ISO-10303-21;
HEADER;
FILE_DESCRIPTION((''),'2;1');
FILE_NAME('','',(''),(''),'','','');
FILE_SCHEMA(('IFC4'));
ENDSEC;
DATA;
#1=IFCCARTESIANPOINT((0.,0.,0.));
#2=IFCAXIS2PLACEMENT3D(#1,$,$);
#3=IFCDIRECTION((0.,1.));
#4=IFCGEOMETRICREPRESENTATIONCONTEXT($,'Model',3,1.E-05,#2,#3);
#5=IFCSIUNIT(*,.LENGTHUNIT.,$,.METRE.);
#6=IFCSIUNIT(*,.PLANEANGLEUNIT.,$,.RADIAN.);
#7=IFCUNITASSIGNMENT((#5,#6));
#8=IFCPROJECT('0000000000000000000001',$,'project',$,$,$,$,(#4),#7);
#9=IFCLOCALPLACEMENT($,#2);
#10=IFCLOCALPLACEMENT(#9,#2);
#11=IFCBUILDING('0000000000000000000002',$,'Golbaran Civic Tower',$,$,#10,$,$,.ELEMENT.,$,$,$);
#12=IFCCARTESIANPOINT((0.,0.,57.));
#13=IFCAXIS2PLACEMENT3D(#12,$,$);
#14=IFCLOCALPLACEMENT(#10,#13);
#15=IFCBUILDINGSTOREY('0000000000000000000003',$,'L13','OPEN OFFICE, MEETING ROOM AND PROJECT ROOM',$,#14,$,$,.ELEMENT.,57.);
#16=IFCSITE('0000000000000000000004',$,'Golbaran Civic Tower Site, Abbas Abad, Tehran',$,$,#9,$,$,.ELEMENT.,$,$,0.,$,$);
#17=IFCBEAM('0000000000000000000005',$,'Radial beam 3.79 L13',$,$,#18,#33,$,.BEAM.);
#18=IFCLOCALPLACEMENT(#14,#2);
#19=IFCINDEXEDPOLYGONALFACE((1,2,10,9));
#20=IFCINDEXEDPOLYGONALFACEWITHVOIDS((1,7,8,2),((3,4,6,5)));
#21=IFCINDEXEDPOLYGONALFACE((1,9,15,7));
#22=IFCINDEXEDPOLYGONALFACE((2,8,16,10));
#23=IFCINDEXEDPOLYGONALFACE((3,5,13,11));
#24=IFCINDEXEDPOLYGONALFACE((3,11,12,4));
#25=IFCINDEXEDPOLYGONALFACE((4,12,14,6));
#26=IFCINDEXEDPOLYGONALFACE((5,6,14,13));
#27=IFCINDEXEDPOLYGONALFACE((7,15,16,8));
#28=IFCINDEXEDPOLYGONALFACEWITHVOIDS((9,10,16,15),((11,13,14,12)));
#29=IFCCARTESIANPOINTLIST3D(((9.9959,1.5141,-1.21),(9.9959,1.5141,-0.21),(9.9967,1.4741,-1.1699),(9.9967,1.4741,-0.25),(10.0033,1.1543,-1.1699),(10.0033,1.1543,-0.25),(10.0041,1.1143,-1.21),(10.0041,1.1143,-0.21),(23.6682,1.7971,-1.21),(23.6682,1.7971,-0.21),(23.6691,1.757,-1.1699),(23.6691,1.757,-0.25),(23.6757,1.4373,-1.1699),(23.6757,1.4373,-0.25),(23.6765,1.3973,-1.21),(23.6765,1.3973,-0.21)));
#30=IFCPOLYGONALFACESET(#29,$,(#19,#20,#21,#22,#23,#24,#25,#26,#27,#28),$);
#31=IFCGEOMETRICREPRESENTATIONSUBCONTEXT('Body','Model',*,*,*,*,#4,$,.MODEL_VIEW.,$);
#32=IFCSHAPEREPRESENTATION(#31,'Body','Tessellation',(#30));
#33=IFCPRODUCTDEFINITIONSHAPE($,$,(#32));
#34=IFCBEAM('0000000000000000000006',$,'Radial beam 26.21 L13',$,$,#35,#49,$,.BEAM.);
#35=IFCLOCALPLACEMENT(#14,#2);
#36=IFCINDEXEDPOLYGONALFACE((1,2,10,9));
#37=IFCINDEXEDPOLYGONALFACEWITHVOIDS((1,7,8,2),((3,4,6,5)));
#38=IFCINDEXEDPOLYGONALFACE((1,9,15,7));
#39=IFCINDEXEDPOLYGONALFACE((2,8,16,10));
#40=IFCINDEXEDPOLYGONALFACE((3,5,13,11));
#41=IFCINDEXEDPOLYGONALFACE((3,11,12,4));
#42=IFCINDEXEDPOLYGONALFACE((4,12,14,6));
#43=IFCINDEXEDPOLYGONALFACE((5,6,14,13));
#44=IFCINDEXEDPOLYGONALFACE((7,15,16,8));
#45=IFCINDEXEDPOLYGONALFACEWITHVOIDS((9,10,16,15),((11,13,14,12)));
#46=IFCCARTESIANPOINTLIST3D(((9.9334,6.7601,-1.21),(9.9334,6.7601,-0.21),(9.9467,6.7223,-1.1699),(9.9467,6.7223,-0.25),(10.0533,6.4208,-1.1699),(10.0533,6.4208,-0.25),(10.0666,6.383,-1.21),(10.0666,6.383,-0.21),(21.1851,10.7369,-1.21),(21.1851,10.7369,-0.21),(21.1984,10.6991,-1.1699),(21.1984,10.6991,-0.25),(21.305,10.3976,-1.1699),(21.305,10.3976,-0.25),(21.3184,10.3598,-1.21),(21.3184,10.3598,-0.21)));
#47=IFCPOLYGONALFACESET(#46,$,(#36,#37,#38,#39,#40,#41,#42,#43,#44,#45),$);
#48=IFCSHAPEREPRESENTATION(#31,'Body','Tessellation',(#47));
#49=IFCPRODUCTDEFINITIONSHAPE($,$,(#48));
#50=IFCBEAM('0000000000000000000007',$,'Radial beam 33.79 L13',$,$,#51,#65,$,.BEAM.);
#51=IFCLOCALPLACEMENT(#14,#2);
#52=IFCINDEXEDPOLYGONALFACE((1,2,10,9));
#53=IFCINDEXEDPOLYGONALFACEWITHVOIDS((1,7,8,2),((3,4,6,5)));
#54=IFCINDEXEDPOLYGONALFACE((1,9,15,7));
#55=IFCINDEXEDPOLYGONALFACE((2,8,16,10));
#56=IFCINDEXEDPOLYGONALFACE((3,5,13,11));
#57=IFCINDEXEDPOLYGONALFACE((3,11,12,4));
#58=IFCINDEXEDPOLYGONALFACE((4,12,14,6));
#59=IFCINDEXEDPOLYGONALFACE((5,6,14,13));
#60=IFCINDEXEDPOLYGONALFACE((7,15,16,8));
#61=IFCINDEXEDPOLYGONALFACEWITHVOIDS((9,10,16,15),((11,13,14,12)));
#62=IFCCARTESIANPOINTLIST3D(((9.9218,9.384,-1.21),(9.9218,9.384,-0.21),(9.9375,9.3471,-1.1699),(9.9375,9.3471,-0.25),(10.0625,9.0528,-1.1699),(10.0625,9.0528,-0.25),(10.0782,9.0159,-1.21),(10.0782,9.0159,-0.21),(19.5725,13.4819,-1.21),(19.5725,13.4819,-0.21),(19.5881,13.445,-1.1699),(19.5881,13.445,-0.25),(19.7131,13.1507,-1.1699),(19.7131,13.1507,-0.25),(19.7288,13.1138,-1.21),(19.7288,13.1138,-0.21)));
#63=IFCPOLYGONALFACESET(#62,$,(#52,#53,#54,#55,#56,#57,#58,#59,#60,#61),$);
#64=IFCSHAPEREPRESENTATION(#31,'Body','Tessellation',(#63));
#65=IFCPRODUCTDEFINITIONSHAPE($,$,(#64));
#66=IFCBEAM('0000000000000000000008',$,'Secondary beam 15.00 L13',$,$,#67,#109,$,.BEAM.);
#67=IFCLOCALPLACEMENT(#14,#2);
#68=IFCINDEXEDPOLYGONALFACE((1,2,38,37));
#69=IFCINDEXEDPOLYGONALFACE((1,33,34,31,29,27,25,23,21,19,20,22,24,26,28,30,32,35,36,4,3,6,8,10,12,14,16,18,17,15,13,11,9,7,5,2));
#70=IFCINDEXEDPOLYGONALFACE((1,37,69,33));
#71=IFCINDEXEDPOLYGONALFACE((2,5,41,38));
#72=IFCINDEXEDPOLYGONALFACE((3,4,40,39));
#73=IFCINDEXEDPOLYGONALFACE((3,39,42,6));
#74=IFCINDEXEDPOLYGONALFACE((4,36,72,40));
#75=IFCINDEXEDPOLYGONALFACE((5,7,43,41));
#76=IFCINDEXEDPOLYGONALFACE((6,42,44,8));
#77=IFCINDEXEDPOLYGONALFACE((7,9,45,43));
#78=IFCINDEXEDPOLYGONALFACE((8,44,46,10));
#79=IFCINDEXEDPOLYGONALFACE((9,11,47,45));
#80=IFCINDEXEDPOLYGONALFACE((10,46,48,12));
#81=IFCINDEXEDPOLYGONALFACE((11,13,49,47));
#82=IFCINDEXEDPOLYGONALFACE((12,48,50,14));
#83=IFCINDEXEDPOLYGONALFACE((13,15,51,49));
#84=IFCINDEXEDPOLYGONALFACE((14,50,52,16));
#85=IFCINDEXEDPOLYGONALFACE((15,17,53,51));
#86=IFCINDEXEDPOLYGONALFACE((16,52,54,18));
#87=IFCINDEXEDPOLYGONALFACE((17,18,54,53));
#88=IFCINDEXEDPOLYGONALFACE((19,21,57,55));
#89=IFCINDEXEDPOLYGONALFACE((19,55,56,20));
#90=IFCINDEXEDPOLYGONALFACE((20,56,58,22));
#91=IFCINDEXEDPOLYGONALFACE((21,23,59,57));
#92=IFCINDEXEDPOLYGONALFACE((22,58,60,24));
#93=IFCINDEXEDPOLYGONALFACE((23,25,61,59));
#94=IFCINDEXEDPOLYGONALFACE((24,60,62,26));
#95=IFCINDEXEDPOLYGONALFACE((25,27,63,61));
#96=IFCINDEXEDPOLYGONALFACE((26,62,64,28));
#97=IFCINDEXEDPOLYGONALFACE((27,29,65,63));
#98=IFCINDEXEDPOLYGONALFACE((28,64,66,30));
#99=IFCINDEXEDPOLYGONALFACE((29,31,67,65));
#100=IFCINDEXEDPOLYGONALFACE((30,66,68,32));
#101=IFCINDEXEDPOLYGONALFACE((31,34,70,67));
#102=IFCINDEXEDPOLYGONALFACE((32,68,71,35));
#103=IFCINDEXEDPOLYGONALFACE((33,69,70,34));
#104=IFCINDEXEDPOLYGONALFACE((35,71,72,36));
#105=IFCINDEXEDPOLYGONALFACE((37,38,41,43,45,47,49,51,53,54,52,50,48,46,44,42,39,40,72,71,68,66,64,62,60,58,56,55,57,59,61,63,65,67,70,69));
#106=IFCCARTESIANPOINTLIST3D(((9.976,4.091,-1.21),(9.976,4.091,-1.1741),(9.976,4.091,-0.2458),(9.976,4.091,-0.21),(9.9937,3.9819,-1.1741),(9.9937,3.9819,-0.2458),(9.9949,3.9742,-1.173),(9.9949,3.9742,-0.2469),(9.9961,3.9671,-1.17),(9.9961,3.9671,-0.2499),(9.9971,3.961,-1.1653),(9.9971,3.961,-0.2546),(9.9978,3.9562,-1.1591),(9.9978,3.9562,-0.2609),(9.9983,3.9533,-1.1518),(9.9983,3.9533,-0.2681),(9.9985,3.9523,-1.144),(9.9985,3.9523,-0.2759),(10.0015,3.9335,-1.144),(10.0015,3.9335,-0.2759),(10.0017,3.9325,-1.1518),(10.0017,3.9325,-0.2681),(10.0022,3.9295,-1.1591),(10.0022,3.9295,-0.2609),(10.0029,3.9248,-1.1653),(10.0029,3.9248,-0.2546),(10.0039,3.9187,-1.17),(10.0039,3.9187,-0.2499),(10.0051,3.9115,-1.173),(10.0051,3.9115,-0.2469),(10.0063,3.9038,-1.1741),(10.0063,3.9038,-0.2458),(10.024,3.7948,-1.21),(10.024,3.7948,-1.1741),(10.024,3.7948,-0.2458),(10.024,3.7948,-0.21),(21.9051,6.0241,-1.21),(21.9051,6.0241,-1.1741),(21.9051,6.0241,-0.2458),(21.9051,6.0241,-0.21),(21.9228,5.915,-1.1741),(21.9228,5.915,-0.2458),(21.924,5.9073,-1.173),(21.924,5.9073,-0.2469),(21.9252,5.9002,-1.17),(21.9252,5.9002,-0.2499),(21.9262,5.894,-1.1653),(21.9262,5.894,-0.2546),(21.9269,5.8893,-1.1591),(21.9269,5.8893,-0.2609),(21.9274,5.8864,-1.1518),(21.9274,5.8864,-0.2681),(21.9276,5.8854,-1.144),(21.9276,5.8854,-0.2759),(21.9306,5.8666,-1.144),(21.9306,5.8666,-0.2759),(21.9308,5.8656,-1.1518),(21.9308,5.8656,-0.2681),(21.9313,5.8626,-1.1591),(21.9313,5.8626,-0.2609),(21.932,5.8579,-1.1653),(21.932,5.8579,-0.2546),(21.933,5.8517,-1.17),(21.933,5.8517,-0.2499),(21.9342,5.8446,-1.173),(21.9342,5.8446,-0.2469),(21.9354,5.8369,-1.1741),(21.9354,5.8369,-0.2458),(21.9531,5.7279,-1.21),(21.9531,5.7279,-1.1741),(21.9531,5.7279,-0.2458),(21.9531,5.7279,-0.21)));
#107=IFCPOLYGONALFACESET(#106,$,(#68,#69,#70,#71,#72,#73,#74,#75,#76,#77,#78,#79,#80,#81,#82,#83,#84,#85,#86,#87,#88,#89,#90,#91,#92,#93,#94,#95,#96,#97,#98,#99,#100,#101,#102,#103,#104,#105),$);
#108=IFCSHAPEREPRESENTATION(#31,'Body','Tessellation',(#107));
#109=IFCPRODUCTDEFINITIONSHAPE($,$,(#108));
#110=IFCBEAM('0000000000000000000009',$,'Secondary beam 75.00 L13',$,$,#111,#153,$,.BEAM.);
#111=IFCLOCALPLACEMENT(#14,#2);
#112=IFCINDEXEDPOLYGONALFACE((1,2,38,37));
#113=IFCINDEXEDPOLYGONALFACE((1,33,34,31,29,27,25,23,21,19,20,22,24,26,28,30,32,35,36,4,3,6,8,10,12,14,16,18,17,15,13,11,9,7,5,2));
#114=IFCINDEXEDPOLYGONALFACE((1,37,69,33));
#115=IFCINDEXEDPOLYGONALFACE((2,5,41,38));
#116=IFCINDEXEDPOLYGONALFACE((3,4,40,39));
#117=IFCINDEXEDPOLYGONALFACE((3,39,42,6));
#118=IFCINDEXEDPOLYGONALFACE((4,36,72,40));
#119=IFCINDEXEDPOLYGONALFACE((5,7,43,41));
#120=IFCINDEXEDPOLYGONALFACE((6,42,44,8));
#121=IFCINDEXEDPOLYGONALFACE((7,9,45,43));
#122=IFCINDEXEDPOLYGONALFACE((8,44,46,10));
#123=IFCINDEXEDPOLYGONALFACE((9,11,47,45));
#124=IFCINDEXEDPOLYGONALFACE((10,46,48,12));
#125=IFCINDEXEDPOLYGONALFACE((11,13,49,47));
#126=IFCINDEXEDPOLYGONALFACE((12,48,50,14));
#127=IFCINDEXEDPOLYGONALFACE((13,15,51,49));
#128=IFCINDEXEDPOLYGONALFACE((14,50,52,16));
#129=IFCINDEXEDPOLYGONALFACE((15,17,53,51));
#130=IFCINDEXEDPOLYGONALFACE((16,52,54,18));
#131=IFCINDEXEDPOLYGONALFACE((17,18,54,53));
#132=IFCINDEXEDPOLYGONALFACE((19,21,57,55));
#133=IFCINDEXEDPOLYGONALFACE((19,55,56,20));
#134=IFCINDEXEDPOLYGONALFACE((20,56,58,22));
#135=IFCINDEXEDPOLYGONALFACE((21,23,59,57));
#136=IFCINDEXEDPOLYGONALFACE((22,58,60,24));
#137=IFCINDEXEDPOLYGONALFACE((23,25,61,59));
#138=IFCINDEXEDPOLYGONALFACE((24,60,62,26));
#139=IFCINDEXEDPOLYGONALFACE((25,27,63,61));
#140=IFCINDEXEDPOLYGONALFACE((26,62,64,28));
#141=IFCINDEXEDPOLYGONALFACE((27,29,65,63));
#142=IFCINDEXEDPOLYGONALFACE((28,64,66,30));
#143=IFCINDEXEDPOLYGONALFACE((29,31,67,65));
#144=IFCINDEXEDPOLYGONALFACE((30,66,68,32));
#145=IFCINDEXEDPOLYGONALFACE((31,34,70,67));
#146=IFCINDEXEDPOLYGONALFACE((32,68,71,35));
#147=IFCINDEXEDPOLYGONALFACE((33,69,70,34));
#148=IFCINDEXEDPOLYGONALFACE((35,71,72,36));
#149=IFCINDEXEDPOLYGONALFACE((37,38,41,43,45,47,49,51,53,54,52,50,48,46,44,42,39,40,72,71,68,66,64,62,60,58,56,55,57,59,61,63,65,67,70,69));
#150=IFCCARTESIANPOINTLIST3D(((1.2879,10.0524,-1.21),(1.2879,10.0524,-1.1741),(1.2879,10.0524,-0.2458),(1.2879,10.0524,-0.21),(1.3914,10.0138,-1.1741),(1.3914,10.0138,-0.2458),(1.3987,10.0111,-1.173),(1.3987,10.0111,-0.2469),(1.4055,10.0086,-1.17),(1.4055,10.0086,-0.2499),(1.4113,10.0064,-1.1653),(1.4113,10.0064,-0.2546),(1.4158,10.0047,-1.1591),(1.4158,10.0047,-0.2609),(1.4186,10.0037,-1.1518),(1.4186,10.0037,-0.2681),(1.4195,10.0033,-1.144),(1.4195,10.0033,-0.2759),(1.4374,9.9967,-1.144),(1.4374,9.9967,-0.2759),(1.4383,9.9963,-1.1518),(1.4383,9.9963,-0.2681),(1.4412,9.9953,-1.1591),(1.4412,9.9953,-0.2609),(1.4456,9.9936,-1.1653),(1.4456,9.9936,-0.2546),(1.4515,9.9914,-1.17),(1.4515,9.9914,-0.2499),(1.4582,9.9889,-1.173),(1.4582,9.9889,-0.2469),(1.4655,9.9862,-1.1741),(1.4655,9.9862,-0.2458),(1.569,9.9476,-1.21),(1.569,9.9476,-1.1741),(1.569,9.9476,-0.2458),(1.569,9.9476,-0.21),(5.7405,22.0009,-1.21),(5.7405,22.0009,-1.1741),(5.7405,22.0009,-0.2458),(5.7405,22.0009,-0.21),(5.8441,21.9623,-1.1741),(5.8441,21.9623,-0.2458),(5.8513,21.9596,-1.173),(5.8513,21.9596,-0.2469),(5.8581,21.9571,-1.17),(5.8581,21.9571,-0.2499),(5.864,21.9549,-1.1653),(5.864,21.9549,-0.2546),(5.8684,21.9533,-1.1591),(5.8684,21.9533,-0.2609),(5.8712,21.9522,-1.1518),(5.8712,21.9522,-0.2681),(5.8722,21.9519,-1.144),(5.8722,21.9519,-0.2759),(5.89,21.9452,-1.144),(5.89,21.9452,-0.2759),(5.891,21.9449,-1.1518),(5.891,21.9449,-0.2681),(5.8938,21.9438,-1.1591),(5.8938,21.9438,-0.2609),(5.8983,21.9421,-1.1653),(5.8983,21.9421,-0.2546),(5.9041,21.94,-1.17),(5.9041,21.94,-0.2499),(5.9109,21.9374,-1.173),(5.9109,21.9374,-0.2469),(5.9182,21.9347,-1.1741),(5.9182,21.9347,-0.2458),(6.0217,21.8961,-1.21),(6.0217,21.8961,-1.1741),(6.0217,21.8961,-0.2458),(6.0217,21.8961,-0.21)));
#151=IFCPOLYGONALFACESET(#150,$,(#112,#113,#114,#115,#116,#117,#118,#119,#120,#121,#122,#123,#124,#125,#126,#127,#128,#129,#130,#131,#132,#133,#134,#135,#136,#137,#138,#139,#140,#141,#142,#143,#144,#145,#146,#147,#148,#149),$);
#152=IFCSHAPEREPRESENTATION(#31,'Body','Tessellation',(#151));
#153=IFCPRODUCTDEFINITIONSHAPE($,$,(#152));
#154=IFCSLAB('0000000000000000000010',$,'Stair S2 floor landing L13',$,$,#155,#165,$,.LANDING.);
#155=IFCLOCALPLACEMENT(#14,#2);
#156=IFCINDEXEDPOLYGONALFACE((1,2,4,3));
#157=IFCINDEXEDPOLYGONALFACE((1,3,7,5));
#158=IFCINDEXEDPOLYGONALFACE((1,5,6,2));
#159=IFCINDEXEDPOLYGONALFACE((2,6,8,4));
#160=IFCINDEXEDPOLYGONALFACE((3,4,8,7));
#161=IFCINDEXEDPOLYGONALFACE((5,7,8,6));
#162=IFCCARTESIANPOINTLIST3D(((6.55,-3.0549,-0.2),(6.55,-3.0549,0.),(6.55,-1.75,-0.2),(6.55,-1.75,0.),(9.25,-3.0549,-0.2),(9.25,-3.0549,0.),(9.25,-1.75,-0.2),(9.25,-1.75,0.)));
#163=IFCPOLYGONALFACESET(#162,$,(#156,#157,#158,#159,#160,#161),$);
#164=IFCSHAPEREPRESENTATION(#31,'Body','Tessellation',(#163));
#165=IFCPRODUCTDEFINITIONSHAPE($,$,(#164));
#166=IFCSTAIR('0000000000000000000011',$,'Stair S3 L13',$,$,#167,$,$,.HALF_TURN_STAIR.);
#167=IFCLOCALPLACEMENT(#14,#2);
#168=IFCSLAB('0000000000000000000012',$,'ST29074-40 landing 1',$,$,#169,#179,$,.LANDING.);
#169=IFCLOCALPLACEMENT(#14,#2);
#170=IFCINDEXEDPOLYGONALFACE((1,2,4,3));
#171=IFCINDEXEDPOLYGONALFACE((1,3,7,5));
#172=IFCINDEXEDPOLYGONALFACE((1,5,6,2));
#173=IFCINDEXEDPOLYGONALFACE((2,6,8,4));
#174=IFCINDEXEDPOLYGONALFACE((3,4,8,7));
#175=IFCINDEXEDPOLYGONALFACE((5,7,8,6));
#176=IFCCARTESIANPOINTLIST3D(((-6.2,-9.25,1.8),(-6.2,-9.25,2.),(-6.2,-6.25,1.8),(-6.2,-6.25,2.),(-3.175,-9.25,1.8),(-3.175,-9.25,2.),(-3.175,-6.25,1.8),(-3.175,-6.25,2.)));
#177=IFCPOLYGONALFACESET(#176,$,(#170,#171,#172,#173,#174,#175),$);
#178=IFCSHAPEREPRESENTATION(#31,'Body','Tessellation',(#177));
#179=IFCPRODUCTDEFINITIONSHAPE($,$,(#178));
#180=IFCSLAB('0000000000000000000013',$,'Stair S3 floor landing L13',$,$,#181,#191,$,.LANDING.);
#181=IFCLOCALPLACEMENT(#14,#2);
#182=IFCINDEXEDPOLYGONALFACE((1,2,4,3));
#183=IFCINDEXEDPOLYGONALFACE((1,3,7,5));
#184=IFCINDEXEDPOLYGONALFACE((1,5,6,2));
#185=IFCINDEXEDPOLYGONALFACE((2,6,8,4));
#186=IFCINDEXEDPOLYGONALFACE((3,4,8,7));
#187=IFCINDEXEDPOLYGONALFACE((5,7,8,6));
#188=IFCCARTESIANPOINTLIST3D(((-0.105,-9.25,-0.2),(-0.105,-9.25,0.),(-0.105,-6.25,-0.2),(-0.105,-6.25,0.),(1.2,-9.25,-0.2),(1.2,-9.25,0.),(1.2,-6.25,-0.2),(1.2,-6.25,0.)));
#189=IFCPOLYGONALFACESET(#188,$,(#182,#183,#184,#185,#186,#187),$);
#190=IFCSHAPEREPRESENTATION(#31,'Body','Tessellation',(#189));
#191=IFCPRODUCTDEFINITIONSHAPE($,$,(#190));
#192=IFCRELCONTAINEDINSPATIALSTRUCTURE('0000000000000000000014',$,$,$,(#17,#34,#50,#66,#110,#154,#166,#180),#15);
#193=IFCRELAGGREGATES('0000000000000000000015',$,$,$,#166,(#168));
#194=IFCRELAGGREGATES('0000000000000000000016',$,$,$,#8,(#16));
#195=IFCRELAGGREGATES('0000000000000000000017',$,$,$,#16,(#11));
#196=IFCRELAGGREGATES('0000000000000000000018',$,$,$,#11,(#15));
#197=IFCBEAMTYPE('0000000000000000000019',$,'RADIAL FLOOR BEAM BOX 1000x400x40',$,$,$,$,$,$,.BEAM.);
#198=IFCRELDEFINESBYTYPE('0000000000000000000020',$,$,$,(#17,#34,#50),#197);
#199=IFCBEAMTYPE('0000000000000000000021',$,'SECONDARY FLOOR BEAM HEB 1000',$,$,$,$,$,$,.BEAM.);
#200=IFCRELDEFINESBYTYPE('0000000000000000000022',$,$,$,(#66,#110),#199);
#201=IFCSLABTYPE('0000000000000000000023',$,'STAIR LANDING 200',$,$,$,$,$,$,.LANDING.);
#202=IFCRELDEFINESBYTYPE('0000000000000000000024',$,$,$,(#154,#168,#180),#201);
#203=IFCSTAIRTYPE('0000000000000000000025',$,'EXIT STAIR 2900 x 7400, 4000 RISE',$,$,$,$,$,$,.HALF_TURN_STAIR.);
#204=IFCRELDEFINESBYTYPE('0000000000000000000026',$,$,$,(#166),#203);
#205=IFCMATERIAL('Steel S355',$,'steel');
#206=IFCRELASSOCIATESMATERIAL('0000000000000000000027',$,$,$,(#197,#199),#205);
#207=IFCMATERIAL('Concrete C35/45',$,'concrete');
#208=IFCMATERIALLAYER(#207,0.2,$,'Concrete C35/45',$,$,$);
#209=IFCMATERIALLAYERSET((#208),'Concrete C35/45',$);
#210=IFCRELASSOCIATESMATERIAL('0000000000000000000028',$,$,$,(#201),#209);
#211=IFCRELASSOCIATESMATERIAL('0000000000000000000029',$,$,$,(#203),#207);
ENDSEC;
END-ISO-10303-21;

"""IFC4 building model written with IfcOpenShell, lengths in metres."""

from ifc_helpers import new_model, si_unit, direction, frame, origin, origin_2d, place, context, subcontext, project, spatial, polyline, hollow_rectangle, i_section, outline, extrude, material, layer, layer_set, material_profile, profile_set, type_object, element, aggregate, save


model = new_model("IFC4")

# Units and contexts
model_context = context("Model", 3, precision=1e-05, world=origin(), true_north=direction((0.0, 1.0)))
body_context = subcontext(model_context, "Body", "Model", "MODEL_VIEW")
ifc_project = project(units=[si_unit("LENGTHUNIT", "METRE"), si_unit("PLANEANGLEUNIT", "RADIAN")], contexts=[model_context])

# Site, building, storey
site_placement = place(None, origin())
site = spatial("IfcSite", under=ifc_project, at=site_placement, Name="Golbaran Civic Tower Site, Abbas Abad, Tehran", CompositionType="ELEMENT", RefElevation=0.0)
building_placement = place(site_placement, origin())
building = spatial("IfcBuilding", under=site, at=building_placement, Name="Golbaran Civic Tower", CompositionType="ELEMENT")
storey_placement = place(building_placement, frame((0.0, 0.0, 57.0)))
storey = spatial("IfcBuildingStorey", under=building, at=storey_placement, Name="L13", Description="OPEN OFFICE, MEETING ROOM AND PROJECT ROOM", CompositionType="ELEMENT", Elevation=57.0)

# Beams
ifc_material_1 = material(Name="Steel S355", Category="steel")
ifc_material_profile_1 = material_profile(ifc_material_1, hollow_rectangle(XDim=0.3999, YDim=1.0, WallThickness=0.04, at=origin_2d()), Name="BOX 1000x400x40")
ifc_profile_set_1 = profile_set([ifc_material_profile_1], Name="Steel S355")
beam_type_1 = type_object("IfcBeamType", Name="RADIAL FLOOR BEAM BOX 1000x400x40", PredefinedType="BEAM", material=ifc_profile_set_1)
beam_1_placement = place(storey_placement, frame((10.0, 1.3142, -0.71), z_axis=(0.999786, 0.020691, 0.0), x_axis=(-0.020691, 0.999786, 0.0)))
element("IfcBeam", 1, at=beam_1_placement, inside=storey, type_object=beam_type_1, Name="Radial beam 3.79 L13", PredefinedType="BEAM", context=body_context, shape_type="SweptSolid", body=[
    extrude(hollow_rectangle(XDim=0.3999, YDim=1.0, WallThickness=0.04, at=origin_2d()), origin(), (0.0, 0.0, 1.0), 13.6753),
])
beam_2_placement = place(storey_placement, frame((10.0, 6.5715, -0.71), z_axis=(0.942843, 0.333238, 0.0), x_axis=(-0.333238, 0.942843, 0.0)))
element("IfcBeam", 2, at=beam_2_placement, inside=storey, type_object=beam_type_1, Name="Radial beam 26.21 L13", PredefinedType="BEAM", context=body_context, shape_type="SweptSolid", body=[
    extrude(hollow_rectangle(XDim=0.3999, YDim=1.0, WallThickness=0.04, at=origin_2d()), origin(), (0.0, 0.0, 1.0), 11.9338),
])
beam_3_placement = place(storey_placement, frame((10.0, 9.2, -0.71), z_axis=(0.920455, 0.390848, 0.0), x_axis=(-0.390848, 0.920455, 0.0)))
element("IfcBeam", 3, at=beam_3_placement, inside=storey, type_object=beam_type_1, Name="Radial beam 33.79 L13", PredefinedType="BEAM", context=body_context, shape_type="SweptSolid", body=[
    extrude(hollow_rectangle(XDim=0.3999, YDim=1.0, WallThickness=0.04, at=origin_2d()), origin(), (0.0, 0.0, 1.0), 10.4846),
])
ifc_material_profile_2 = material_profile(ifc_material_1, i_section(OverallWidth=0.3, OverallDepth=1.0, WebThickness=0.019, FlangeThickness=0.0359, FilletRadius=0.03, at=origin_2d()), Name="HEB 1000")
ifc_profile_set_2 = profile_set([ifc_material_profile_2], Name="Steel S355")
beam_type_2 = type_object("IfcBeamType", Name="SECONDARY FLOOR BEAM HEB 1000", PredefinedType="BEAM", material=ifc_profile_set_2)
beam_4_placement = place(storey_placement, frame((10.0, 3.9429, -0.71), z_axis=(0.987123, 0.159962, 0.0), x_axis=(-0.159962, 0.987123, 0.0)))
element("IfcBeam", 4, at=beam_4_placement, inside=storey, type_object=beam_type_2, Name="Secondary beam 15.00 L13", PredefinedType="BEAM", context=body_context, shape_type="SweptSolid", body=[
    extrude(i_section(OverallWidth=0.3, OverallDepth=1.0, WebThickness=0.019, FlangeThickness=0.0359, FilletRadius=0.03, at=origin_2d()), origin(), (0.0, 0.0, 1.0), 12.0847),
])
beam_5_placement = place(storey_placement, frame((1.4285, 10.0, -0.71), z_axis=(0.349194, 0.93705, 0.0), x_axis=(-0.93705, 0.349194, 0.0)))
element("IfcBeam", 5, at=beam_5_placement, inside=storey, type_object=beam_type_2, Name="Secondary beam 75.00 L13", PredefinedType="BEAM", context=body_context, shape_type="SweptSolid", body=[
    extrude(i_section(OverallWidth=0.3, OverallDepth=1.0, WebThickness=0.019, FlangeThickness=0.0359, FilletRadius=0.03, at=origin_2d()), origin(), (0.0, 0.0, 1.0), 12.7512),
])

# Slab
ifc_material_2 = material(Name="Concrete C35/45", Category="concrete")
ifc_layer_1 = layer(ifc_material_2, 0.2, Name="Concrete C35/45")
ifc_layer_set_1 = layer_set([ifc_layer_1], Name="Concrete C35/45")
slab_type = type_object("IfcSlabType", Name="STAIR LANDING 200", PredefinedType="LANDING", material=ifc_layer_set_1)
slab_1_placement = place(storey_placement, frame((0.0, 0.0, -0.2)))
element("IfcSlab", 6, at=slab_1_placement, inside=storey, type_object=slab_type, Name="Stair S2 floor landing L13", PredefinedType="LANDING", context=body_context, shape_type="SweptSolid", body=[
    extrude(outline(polyline([(9.25, -1.75), (9.25, -3.0549), (6.55, -3.0549), (6.55, -1.75), (9.25, -1.75)])), origin(), (0.0, 0.0, 1.0), 0.2),
])

# Stair, slab
stair_type = type_object("IfcStairType", Name="EXIT STAIR 2900 x 7400, 4000 RISE", PredefinedType="HALF_TURN_STAIR", material=ifc_material_2)
stair_placement = place(storey_placement, origin())
stair = element("IfcStair", 7, at=stair_placement, inside=storey, type_object=stair_type, Name="Stair S3 L13", PredefinedType="HALF_TURN_STAIR")
slab_2_placement = place(storey_placement, frame((0.0, 0.0, 1.8)))
slab_2 = element("IfcSlab", 8, at=slab_2_placement, type_object=slab_type, Name="ST29074-40 landing 1", PredefinedType="LANDING", context=body_context, shape_type="SweptSolid", body=[
    extrude(outline(polyline([(-3.175, -9.25), (-6.2, -9.25), (-6.2, -6.25), (-3.175, -6.25), (-3.175, -9.25)])), origin(), (0.0, 0.0, 1.0), 0.2),
])
aggregate(stair, [slab_2])

# Slab
slab_3_placement = place(storey_placement, frame((0.0, 0.0, -0.2)))
element("IfcSlab", 9, at=slab_3_placement, inside=storey, type_object=slab_type, Name="Stair S3 floor landing L13", PredefinedType="LANDING", context=body_context, shape_type="SweptSolid", body=[
    extrude(outline(polyline([(1.2, -9.25), (-0.105, -9.25), (-0.105, -6.25), (1.2, -6.25), (1.2, -9.25)])), origin(), (0.0, 0.0, 1.0), 0.2),
])

save(model, "model.ifc")
